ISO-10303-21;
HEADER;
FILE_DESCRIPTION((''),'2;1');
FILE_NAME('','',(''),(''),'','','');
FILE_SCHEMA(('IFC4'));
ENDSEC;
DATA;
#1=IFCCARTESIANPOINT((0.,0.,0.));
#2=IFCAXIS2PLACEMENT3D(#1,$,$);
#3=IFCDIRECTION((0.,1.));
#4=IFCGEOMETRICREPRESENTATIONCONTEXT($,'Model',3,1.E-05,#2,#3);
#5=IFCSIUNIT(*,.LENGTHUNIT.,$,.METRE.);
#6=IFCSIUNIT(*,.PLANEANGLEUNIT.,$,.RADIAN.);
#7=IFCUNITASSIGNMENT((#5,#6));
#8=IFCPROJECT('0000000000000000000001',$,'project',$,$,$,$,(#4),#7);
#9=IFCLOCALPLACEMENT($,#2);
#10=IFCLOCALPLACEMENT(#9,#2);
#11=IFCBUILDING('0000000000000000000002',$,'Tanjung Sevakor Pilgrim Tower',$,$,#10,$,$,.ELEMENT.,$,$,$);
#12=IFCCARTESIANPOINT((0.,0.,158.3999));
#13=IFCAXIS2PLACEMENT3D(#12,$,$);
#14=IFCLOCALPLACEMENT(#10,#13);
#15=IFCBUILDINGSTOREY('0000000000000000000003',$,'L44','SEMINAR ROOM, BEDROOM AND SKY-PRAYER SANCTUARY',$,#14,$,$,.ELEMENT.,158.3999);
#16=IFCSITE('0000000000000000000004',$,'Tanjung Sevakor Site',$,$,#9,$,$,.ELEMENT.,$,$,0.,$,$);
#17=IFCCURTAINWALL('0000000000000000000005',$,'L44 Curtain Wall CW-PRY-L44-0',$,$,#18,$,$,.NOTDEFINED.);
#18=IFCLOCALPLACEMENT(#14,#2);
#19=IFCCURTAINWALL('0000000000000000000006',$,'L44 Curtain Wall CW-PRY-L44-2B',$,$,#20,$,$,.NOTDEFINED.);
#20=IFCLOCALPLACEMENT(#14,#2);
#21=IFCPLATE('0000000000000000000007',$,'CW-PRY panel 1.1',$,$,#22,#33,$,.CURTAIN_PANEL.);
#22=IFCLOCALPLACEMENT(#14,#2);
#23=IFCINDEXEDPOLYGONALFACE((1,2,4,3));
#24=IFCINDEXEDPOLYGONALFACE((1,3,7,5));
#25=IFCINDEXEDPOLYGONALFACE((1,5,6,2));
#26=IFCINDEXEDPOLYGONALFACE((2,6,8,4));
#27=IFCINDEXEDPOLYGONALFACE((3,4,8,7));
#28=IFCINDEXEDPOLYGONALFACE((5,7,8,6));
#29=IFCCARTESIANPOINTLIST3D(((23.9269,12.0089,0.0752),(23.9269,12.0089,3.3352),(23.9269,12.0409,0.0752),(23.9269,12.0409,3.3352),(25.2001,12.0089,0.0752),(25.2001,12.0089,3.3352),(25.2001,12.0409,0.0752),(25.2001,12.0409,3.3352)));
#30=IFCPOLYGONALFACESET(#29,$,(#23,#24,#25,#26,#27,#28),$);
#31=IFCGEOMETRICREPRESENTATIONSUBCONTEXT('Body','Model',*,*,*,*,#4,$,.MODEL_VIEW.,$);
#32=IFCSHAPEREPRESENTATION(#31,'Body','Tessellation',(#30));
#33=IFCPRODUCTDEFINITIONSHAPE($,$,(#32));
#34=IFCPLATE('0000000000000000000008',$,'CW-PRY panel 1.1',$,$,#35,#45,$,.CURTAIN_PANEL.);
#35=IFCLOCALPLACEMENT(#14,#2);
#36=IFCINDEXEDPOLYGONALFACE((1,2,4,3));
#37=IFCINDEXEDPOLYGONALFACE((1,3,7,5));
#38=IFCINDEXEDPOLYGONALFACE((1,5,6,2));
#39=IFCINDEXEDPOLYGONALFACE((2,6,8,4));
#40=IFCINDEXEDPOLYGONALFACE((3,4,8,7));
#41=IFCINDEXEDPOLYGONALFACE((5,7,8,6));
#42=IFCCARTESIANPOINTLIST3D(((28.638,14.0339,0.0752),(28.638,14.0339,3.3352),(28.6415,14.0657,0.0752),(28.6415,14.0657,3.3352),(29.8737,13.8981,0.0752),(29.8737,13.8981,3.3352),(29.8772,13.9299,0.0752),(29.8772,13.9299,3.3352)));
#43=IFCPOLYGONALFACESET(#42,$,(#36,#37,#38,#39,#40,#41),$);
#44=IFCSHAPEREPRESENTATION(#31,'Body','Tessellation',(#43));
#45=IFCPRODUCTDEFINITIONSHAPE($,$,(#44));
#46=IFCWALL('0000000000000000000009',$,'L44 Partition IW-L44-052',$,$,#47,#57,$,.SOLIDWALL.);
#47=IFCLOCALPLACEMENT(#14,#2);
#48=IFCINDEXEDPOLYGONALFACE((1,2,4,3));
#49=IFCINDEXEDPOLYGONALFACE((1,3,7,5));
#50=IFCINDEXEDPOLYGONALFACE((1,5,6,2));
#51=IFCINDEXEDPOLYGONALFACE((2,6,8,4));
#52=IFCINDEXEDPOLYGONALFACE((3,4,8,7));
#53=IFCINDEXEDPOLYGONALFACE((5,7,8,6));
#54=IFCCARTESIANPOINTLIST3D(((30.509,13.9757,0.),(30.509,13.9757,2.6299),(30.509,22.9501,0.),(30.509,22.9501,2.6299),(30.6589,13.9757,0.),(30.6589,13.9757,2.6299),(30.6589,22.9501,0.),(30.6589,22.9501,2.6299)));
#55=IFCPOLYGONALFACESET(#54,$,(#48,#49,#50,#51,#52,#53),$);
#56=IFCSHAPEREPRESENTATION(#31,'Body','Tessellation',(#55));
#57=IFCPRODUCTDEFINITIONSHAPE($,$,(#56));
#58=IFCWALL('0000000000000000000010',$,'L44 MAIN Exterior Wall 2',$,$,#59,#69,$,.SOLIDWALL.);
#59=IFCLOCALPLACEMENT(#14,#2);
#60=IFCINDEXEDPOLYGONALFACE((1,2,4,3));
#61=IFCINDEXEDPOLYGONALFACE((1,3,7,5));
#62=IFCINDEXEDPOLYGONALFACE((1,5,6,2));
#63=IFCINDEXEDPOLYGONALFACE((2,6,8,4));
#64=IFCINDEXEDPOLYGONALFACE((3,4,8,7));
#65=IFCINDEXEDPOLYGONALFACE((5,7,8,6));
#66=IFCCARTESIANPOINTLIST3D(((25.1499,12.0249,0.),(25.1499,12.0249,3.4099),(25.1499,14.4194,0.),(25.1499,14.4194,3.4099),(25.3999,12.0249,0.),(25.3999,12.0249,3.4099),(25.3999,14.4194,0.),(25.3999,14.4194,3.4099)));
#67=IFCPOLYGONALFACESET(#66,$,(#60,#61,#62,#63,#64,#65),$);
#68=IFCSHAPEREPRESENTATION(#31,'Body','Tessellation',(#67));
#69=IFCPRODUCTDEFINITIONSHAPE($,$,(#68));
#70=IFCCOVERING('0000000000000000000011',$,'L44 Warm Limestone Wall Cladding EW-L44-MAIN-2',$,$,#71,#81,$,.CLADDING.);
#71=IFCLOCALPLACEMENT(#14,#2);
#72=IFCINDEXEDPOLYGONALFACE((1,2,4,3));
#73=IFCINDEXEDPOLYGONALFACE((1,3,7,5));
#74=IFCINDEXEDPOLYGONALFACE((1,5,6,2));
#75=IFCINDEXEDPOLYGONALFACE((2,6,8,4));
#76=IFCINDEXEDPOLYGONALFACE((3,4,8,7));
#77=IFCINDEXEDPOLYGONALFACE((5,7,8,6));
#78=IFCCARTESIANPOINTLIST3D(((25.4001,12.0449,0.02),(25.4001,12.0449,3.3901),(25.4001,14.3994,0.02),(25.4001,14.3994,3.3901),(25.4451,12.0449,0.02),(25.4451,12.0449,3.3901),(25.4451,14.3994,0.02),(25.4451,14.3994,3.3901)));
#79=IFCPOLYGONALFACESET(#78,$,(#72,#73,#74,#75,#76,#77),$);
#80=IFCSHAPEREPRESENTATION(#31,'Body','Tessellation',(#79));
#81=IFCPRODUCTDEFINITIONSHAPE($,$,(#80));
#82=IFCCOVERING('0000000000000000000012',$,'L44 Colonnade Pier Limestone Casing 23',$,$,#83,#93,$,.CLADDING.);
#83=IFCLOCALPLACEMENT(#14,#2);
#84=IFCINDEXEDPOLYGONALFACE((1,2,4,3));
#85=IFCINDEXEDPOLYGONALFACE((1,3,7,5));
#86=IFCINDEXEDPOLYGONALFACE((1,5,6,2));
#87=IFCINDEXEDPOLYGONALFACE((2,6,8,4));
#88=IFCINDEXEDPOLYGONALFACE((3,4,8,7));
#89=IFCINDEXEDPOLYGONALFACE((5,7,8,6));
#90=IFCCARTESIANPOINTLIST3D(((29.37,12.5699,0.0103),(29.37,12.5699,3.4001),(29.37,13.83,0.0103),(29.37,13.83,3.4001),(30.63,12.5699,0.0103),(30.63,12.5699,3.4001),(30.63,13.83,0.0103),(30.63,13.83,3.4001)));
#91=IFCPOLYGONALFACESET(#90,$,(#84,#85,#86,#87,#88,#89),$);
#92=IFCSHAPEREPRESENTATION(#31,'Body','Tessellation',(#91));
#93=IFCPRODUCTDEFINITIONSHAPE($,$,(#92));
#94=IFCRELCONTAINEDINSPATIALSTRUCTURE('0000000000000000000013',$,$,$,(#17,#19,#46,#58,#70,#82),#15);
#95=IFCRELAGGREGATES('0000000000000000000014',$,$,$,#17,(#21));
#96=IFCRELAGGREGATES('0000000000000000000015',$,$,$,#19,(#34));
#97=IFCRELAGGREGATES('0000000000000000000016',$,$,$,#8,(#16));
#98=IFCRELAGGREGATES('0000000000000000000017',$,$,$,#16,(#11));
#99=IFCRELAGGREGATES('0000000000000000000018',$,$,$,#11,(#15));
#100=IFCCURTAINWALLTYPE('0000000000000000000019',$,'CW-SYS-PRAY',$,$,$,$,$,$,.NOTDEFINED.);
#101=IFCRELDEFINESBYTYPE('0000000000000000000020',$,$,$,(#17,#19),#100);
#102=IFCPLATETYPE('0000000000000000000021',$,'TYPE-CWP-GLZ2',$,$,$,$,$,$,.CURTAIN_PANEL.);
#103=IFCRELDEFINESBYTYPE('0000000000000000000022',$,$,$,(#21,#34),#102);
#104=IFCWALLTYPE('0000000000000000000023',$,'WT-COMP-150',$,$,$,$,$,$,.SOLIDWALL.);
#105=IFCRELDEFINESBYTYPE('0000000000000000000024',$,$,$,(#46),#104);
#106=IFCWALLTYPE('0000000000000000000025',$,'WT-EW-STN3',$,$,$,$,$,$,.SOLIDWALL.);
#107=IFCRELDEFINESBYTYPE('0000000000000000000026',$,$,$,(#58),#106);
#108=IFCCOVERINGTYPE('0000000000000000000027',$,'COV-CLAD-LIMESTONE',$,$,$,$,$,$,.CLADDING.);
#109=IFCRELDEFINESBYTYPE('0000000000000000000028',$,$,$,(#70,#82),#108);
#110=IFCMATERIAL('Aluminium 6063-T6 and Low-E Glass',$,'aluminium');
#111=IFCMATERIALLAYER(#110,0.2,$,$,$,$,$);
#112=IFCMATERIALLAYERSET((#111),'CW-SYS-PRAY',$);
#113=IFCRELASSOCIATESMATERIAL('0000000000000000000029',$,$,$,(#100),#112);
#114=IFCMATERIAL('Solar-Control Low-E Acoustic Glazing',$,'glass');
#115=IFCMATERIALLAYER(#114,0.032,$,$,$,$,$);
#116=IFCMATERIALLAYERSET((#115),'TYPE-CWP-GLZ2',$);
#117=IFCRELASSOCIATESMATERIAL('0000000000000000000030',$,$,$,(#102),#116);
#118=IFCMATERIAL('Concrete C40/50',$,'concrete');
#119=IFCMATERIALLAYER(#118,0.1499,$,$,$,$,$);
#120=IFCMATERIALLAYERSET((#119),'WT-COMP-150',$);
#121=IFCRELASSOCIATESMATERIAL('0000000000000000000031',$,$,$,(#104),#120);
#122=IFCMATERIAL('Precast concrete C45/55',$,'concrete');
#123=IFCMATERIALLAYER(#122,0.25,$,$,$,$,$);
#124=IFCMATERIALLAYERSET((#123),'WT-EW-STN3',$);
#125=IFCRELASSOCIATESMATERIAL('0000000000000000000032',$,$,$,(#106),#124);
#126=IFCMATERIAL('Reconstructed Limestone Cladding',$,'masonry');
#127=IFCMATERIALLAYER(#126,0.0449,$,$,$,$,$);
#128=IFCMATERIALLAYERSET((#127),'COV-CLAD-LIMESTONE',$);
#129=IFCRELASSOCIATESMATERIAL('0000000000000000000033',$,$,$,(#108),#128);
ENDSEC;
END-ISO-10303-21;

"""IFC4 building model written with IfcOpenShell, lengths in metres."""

from ifc_helpers import new_model, si_unit, direction, frame, frame_2d, origin, origin_2d, place, context, subcontext, project, spatial, rectangle, extrude, material, layer, layer_set, type_object, element, aggregate, save


model = new_model("IFC4")

# Units and contexts
model_context = context("Model", 3, precision=1e-05, world=origin(), true_north=direction((0.0, 1.0)))
body_context = subcontext(model_context, "Body", "Model", "MODEL_VIEW")
ifc_project = project(units=[si_unit("LENGTHUNIT", "METRE"), si_unit("PLANEANGLEUNIT", "RADIAN")], contexts=[model_context])

# Site, building, storey
site_placement = place(None, origin())
site = spatial("IfcSite", under=ifc_project, at=site_placement, Name="Tanjung Sevakor Site", CompositionType="ELEMENT", RefElevation=0.0)
building_placement = place(site_placement, origin())
building = spatial("IfcBuilding", under=site, at=building_placement, Name="Tanjung Sevakor Pilgrim Tower", CompositionType="ELEMENT")
storey_placement = place(building_placement, frame((0.0, 0.0, 158.3999)))
storey = spatial("IfcBuildingStorey", under=building, at=storey_placement, Name="L44", Description="SEMINAR ROOM, BEDROOM AND SKY-PRAYER SANCTUARY", CompositionType="ELEMENT", Elevation=158.3999)

# Curtain walls
ifc_material_1 = material(Name="Aluminium 6063-T6 and Low-E Glass", Category="aluminium")
ifc_layer_1 = layer(ifc_material_1, 0.2)
ifc_layer_set_1 = layer_set([ifc_layer_1], Name="CW-SYS-PRAY")
curtain_wall_type = type_object("IfcCurtainWallType", Name="CW-SYS-PRAY", PredefinedType="NOTDEFINED", material=ifc_layer_set_1)
curtain_wall_1_placement = place(storey_placement, origin())
curtain_wall_1 = element("IfcCurtainWall", 1, at=curtain_wall_1_placement, inside=storey, type_object=curtain_wall_type, Name="L44 Curtain Wall CW-PRY-L44-0", PredefinedType="NOTDEFINED")
curtain_wall_2_placement = place(storey_placement, origin())
curtain_wall_2 = element("IfcCurtainWall", 2, at=curtain_wall_2_placement, inside=storey, type_object=curtain_wall_type, Name="L44 Curtain Wall CW-PRY-L44-2B", PredefinedType="NOTDEFINED")

# Plates
ifc_material_2 = material(Name="Solar-Control Low-E Acoustic Glazing", Category="glass")
ifc_layer_2 = layer(ifc_material_2, 0.032)
ifc_layer_set_2 = layer_set([ifc_layer_2], Name="TYPE-CWP-GLZ2")
plate_type = type_object("IfcPlateType", Name="TYPE-CWP-GLZ2", PredefinedType="CURTAIN_PANEL", material=ifc_layer_set_2)
plate_1_placement = place(storey_placement, frame((24.5635, 12.0249, 0.0752), z_axis=(0.0, 0.0, 1.0), x_axis=(1.0, 0.0, 0.0)))
plate_1 = element("IfcPlate", 3, at=plate_1_placement, type_object=plate_type, Name="CW-PRY panel 1.1", PredefinedType="CURTAIN_PANEL", context=body_context, shape_type="SweptSolid", body=[
    extrude(rectangle(XDim=1.2732, YDim=0.032, at=origin_2d()), origin(), (0.0, 0.0, 1.0), 3.26),
])
aggregate(curtain_wall_1, [plate_1])
plate_2_placement = place(storey_placement, frame((29.2576, 13.9819, 0.0752), z_axis=(0.0, 0.0, 1.0), x_axis=(0.994014, -0.10925, 0.0)))
plate_2 = element("IfcPlate", 4, at=plate_2_placement, type_object=plate_type, Name="CW-PRY panel 1.1", PredefinedType="CURTAIN_PANEL", context=body_context, shape_type="SweptSolid", body=[
    extrude(rectangle(XDim=1.2432, YDim=0.032, at=origin_2d()), origin(), (0.0, 0.0, 1.0), 3.26),
])
aggregate(curtain_wall_2, [plate_2])

# Walls
ifc_material_3 = material(Name="Concrete C40/50", Category="concrete")
ifc_layer_3 = layer(ifc_material_3, 0.1499)
ifc_layer_set_3 = layer_set([ifc_layer_3], Name="WT-COMP-150")
wall_type_1 = type_object("IfcWallType", Name="WT-COMP-150", PredefinedType="SOLIDWALL", material=ifc_layer_set_3)
wall_1_placement = place(storey_placement, frame((30.584, 13.9756, 0.0), z_axis=(0.0, 0.0, 1.0), x_axis=(0.0, 1.0, 0.0)))
element("IfcWall", 5, at=wall_1_placement, inside=storey, type_object=wall_type_1, Name="L44 Partition IW-L44-052", PredefinedType="SOLIDWALL", context=body_context, shape_type="SweptSolid", body=[
    extrude(rectangle(XDim=8.9744, YDim=0.1499, at=frame_2d((4.4873, 0.0))), origin(), (0.0, 0.0, 1.0), 2.6299),
])
ifc_material_4 = material(Name="Precast concrete C45/55", Category="concrete")
ifc_layer_4 = layer(ifc_material_4, 0.25)
ifc_layer_set_4 = layer_set([ifc_layer_4], Name="WT-EW-STN3")
wall_type_2 = type_object("IfcWallType", Name="WT-EW-STN3", PredefinedType="SOLIDWALL", material=ifc_layer_set_4)
wall_2_placement = place(storey_placement, frame((25.2749, 12.0249, 0.0), z_axis=(0.0, 0.0, 1.0), x_axis=(0.0, 1.0, 0.0)))
element("IfcWall", 6, at=wall_2_placement, inside=storey, type_object=wall_type_2, Name="L44 MAIN Exterior Wall 2", PredefinedType="SOLIDWALL", context=body_context, shape_type="SweptSolid", body=[
    extrude(rectangle(XDim=2.3945, YDim=0.25, at=frame_2d((1.1973, 0.0))), origin(), (0.0, 0.0, 1.0), 3.4099),
])

# Coverings
ifc_material_5 = material(Name="Reconstructed Limestone Cladding", Category="masonry")
ifc_layer_5 = layer(ifc_material_5, 0.0449)
ifc_layer_set_5 = layer_set([ifc_layer_5], Name="COV-CLAD-LIMESTONE")
covering_type = type_object("IfcCoveringType", Name="COV-CLAD-LIMESTONE", PredefinedType="CLADDING", material=ifc_layer_set_5)
covering_1_placement = place(storey_placement, frame((25.4226, 13.2222, 0.02), z_axis=(0.0, 0.0, 1.0), x_axis=(0.0, 1.0, 0.0)))
element("IfcCovering", 7, at=covering_1_placement, inside=storey, type_object=covering_type, Name="L44 Warm Limestone Wall Cladding EW-L44-MAIN-2", PredefinedType="CLADDING", context=body_context, shape_type="SweptSolid", body=[
    extrude(rectangle(XDim=2.3545, YDim=0.0449, at=origin_2d()), origin(), (0.0, 0.0, 1.0), 3.3701),
])
covering_2_placement = place(storey_placement, frame((30.0, 13.2, 0.0103), z_axis=(0.0, 0.0, 1.0), x_axis=(1.0, 0.0, 0.0)))
element("IfcCovering", 8, at=covering_2_placement, inside=storey, type_object=covering_type, Name="L44 Colonnade Pier Limestone Casing 23", PredefinedType="CLADDING", context=body_context, shape_type="SweptSolid", body=[
    extrude(rectangle(XDim=1.26, YDim=1.26, at=origin_2d()), origin(), (0.0, 0.0, 1.0), 3.3899),
])

save(model, "model.ifc")
